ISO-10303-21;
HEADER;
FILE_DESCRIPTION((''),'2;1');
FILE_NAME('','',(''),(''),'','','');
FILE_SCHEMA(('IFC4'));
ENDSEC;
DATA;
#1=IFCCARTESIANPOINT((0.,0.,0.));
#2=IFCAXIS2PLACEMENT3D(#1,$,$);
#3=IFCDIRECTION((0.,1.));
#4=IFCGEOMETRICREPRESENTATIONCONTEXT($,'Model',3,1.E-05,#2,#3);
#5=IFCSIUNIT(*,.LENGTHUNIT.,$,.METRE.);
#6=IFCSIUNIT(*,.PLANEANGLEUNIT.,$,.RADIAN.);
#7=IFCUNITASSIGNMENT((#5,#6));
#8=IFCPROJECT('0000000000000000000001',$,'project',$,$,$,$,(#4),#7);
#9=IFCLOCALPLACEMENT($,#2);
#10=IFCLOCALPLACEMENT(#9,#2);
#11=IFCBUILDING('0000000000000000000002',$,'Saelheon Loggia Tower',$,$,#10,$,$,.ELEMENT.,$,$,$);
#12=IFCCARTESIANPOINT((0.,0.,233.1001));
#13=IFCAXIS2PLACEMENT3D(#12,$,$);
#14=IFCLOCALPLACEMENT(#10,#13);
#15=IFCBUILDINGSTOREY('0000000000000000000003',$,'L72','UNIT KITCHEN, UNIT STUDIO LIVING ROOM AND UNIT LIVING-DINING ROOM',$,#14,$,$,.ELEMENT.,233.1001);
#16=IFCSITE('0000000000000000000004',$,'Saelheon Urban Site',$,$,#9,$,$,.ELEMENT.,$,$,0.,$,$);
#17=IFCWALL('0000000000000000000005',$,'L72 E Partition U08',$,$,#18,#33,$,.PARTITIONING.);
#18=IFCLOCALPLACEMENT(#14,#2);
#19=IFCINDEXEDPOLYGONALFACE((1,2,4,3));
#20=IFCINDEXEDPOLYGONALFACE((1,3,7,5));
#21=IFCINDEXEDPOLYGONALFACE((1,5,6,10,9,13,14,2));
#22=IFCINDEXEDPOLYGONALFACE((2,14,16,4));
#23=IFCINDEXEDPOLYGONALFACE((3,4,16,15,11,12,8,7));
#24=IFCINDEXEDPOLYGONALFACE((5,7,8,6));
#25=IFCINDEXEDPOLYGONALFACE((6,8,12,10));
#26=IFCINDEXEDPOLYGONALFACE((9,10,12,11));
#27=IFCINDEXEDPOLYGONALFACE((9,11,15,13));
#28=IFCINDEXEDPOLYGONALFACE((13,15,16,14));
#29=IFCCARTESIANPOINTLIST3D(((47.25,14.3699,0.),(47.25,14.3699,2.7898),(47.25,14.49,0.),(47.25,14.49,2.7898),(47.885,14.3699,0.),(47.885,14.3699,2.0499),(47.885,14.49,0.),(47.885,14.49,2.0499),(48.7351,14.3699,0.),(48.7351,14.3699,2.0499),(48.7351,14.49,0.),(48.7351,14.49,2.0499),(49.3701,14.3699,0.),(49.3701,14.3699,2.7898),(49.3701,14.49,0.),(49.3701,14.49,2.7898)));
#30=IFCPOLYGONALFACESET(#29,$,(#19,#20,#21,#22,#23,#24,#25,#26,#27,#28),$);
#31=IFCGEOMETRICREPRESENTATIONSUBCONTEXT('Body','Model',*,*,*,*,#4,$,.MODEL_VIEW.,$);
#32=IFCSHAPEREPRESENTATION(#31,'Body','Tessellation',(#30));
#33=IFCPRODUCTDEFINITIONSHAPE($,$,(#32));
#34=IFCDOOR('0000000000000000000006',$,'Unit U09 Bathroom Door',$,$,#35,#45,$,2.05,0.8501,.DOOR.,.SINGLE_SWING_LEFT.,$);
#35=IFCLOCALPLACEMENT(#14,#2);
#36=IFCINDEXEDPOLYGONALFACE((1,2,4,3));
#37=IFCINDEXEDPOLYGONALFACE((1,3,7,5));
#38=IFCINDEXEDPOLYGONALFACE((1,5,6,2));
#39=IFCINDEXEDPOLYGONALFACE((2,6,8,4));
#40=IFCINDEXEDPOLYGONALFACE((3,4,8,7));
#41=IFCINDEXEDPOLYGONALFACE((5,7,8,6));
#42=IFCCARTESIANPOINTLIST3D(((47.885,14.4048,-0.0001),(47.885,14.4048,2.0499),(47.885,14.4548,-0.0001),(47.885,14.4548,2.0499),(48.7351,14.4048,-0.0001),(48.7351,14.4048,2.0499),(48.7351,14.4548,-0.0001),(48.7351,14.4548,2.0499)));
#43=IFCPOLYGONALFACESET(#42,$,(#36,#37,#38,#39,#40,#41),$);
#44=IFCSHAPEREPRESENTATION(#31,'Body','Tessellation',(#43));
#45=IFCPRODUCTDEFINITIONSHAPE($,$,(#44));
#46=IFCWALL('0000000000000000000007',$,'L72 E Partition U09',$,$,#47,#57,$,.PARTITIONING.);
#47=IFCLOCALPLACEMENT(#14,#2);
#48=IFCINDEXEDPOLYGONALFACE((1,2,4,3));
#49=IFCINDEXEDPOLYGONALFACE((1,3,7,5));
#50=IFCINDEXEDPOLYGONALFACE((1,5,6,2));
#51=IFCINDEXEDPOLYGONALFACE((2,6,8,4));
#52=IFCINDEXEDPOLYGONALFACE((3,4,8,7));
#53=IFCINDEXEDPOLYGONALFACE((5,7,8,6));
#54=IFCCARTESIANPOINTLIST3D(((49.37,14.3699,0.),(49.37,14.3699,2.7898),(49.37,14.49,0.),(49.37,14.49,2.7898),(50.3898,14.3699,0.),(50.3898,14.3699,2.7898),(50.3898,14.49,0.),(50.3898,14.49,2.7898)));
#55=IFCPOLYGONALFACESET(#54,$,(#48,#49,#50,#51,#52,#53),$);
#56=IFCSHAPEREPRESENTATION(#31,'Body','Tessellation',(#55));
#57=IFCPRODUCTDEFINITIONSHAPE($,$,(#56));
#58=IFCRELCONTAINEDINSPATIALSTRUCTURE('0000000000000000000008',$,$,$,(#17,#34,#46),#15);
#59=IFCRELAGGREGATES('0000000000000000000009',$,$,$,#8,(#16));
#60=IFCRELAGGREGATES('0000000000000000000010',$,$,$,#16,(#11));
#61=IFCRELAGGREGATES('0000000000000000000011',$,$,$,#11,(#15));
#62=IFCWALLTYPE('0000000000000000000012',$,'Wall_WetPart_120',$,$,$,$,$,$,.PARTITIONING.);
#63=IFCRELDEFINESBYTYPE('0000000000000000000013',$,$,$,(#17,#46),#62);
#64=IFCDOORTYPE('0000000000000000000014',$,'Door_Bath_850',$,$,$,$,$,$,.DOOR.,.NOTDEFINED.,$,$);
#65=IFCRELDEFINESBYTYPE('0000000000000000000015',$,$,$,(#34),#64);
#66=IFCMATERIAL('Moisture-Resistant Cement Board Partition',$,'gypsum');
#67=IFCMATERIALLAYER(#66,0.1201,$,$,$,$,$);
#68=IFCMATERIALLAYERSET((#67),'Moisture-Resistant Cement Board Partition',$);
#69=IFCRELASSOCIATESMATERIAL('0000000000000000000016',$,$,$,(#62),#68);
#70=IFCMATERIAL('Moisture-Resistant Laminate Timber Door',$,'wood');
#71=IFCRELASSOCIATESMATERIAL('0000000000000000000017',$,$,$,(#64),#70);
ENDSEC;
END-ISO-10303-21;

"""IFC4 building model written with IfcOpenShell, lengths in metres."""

from ifc_helpers import new_model, si_unit, direction, frame, frame_2d, origin, place, context, subcontext, project, spatial, rectangle, extrude, source, transform, mapped, material, layer, layer_set, type_object, element, fill, save


model = new_model("IFC4")

# Units and contexts
model_context = context("Model", 3, precision=1e-05, world=origin(), true_north=direction((0.0, 1.0)))
body_context = subcontext(model_context, "Body", "Model", "MODEL_VIEW")
ifc_project = project(units=[si_unit("LENGTHUNIT", "METRE"), si_unit("PLANEANGLEUNIT", "RADIAN")], contexts=[model_context])

# Site, building, storey
site_placement = place(None, origin())
site = spatial("IfcSite", under=ifc_project, at=site_placement, Name="Saelheon Urban Site", CompositionType="ELEMENT", RefElevation=0.0)
building_placement = place(site_placement, origin())
building = spatial("IfcBuilding", under=site, at=building_placement, Name="Saelheon Loggia Tower", CompositionType="ELEMENT")
storey_placement = place(building_placement, frame((0.0, 0.0, 233.1001)))
storey = spatial("IfcBuildingStorey", under=building, at=storey_placement, Name="L72", Description="UNIT KITCHEN, UNIT STUDIO LIVING ROOM AND UNIT LIVING-DINING ROOM", CompositionType="ELEMENT", Elevation=233.1001)

# Shared definitions
ifc_material_1 = material(Name="Moisture-Resistant Cement Board Partition", Category="gypsum")
ifc_layer_1 = layer(ifc_material_1, 0.1201)
ifc_layer_set_1 = layer_set([ifc_layer_1], Name="Moisture-Resistant Cement Board Partition")
wall_type_1 = type_object("IfcWallType", Name="Wall_WetPart_120", PredefinedType="PARTITIONING", material=ifc_layer_set_1)

# Wall, opening, door
wall_1_placement = place(storey_placement, frame((47.25, 14.4299, 0.0), z_axis=(0.0, 0.0, 1.0), x_axis=(1.0, 0.0, 0.0)))
wall_1 = element("IfcWall", 1, at=wall_1_placement, inside=storey, type_object=wall_type_1, Name="L72 E Partition U08", PredefinedType="PARTITIONING", context=body_context, shape_type="SweptSolid", body=[
    extrude(rectangle(XDim=2.1201, YDim=0.1201, at=frame_2d((1.0601, 0.0))), origin(), (0.0, 0.0, 1.0), 2.7898),
])
opening_1_placement = place(wall_1_placement, frame((0.635, 0.0, 0.0)))
opening_1 = element("IfcOpeningElement", 2, at=opening_1_placement, cuts=wall_1, PredefinedType="OPENING", context=body_context, shape_type="SweptSolid", body=[
    extrude(rectangle(XDim=0.8501, YDim=2.05, at=frame_2d((0.425, 1.0249))), frame((0.0, 0.072, 0.0), z_axis=(0.0, -1.0, 0.0), x_axis=(1.0, 0.0, 0.0)), (0.0, 0.0, 1.0), 0.144),
])
ifc_material_2 = material(Name="Moisture-Resistant Laminate Timber Door", Category="wood")
door_type_1 = type_object("IfcDoorType", Name="Door_Bath_850", OperationType="NOTDEFINED", PredefinedType="DOOR", material=ifc_material_2)
shared_shape_1 = source(origin(), body_context, "Body", "SweptSolid", [
    extrude(rectangle(XDim=0.8501, YDim=2.05, at=frame_2d((0.425, 1.0249))), frame((0.0, 0.0249, 0.0), z_axis=(0.0, -1.0, 0.0), x_axis=(1.0, 0.0, 0.0)), (0.0, 0.0, 1.0), 0.05),
])
door_1_placement = place(opening_1_placement, origin())
door_1 = element("IfcDoor", 3, at=door_1_placement, inside=storey, type_object=door_type_1, Name="Unit U09 Bathroom Door", OperationType="SINGLE_SWING_LEFT", OverallHeight=2.05, OverallWidth=0.8501, PredefinedType="DOOR", context=body_context, shape_type="MappedRepresentation", body=[
    mapped(shared_shape_1, transform((0.0, 0.0, 0.0), scale=1.0)),
])
fill(opening_1, door_1)

# Wall
wall_2_placement = place(storey_placement, frame((49.3701, 14.4299, 0.0), z_axis=(0.0, 0.0, 1.0), x_axis=(1.0, 0.0, 0.0)))
element("IfcWall", 4, at=wall_2_placement, inside=storey, type_object=wall_type_1, Name="L72 E Partition U09", PredefinedType="PARTITIONING", context=body_context, shape_type="SweptSolid", body=[
    extrude(rectangle(XDim=1.0198, YDim=0.1201, at=frame_2d((0.5098, 0.0))), origin(), (0.0, 0.0, 1.0), 2.7898),
])

save(model, "model.ifc")
